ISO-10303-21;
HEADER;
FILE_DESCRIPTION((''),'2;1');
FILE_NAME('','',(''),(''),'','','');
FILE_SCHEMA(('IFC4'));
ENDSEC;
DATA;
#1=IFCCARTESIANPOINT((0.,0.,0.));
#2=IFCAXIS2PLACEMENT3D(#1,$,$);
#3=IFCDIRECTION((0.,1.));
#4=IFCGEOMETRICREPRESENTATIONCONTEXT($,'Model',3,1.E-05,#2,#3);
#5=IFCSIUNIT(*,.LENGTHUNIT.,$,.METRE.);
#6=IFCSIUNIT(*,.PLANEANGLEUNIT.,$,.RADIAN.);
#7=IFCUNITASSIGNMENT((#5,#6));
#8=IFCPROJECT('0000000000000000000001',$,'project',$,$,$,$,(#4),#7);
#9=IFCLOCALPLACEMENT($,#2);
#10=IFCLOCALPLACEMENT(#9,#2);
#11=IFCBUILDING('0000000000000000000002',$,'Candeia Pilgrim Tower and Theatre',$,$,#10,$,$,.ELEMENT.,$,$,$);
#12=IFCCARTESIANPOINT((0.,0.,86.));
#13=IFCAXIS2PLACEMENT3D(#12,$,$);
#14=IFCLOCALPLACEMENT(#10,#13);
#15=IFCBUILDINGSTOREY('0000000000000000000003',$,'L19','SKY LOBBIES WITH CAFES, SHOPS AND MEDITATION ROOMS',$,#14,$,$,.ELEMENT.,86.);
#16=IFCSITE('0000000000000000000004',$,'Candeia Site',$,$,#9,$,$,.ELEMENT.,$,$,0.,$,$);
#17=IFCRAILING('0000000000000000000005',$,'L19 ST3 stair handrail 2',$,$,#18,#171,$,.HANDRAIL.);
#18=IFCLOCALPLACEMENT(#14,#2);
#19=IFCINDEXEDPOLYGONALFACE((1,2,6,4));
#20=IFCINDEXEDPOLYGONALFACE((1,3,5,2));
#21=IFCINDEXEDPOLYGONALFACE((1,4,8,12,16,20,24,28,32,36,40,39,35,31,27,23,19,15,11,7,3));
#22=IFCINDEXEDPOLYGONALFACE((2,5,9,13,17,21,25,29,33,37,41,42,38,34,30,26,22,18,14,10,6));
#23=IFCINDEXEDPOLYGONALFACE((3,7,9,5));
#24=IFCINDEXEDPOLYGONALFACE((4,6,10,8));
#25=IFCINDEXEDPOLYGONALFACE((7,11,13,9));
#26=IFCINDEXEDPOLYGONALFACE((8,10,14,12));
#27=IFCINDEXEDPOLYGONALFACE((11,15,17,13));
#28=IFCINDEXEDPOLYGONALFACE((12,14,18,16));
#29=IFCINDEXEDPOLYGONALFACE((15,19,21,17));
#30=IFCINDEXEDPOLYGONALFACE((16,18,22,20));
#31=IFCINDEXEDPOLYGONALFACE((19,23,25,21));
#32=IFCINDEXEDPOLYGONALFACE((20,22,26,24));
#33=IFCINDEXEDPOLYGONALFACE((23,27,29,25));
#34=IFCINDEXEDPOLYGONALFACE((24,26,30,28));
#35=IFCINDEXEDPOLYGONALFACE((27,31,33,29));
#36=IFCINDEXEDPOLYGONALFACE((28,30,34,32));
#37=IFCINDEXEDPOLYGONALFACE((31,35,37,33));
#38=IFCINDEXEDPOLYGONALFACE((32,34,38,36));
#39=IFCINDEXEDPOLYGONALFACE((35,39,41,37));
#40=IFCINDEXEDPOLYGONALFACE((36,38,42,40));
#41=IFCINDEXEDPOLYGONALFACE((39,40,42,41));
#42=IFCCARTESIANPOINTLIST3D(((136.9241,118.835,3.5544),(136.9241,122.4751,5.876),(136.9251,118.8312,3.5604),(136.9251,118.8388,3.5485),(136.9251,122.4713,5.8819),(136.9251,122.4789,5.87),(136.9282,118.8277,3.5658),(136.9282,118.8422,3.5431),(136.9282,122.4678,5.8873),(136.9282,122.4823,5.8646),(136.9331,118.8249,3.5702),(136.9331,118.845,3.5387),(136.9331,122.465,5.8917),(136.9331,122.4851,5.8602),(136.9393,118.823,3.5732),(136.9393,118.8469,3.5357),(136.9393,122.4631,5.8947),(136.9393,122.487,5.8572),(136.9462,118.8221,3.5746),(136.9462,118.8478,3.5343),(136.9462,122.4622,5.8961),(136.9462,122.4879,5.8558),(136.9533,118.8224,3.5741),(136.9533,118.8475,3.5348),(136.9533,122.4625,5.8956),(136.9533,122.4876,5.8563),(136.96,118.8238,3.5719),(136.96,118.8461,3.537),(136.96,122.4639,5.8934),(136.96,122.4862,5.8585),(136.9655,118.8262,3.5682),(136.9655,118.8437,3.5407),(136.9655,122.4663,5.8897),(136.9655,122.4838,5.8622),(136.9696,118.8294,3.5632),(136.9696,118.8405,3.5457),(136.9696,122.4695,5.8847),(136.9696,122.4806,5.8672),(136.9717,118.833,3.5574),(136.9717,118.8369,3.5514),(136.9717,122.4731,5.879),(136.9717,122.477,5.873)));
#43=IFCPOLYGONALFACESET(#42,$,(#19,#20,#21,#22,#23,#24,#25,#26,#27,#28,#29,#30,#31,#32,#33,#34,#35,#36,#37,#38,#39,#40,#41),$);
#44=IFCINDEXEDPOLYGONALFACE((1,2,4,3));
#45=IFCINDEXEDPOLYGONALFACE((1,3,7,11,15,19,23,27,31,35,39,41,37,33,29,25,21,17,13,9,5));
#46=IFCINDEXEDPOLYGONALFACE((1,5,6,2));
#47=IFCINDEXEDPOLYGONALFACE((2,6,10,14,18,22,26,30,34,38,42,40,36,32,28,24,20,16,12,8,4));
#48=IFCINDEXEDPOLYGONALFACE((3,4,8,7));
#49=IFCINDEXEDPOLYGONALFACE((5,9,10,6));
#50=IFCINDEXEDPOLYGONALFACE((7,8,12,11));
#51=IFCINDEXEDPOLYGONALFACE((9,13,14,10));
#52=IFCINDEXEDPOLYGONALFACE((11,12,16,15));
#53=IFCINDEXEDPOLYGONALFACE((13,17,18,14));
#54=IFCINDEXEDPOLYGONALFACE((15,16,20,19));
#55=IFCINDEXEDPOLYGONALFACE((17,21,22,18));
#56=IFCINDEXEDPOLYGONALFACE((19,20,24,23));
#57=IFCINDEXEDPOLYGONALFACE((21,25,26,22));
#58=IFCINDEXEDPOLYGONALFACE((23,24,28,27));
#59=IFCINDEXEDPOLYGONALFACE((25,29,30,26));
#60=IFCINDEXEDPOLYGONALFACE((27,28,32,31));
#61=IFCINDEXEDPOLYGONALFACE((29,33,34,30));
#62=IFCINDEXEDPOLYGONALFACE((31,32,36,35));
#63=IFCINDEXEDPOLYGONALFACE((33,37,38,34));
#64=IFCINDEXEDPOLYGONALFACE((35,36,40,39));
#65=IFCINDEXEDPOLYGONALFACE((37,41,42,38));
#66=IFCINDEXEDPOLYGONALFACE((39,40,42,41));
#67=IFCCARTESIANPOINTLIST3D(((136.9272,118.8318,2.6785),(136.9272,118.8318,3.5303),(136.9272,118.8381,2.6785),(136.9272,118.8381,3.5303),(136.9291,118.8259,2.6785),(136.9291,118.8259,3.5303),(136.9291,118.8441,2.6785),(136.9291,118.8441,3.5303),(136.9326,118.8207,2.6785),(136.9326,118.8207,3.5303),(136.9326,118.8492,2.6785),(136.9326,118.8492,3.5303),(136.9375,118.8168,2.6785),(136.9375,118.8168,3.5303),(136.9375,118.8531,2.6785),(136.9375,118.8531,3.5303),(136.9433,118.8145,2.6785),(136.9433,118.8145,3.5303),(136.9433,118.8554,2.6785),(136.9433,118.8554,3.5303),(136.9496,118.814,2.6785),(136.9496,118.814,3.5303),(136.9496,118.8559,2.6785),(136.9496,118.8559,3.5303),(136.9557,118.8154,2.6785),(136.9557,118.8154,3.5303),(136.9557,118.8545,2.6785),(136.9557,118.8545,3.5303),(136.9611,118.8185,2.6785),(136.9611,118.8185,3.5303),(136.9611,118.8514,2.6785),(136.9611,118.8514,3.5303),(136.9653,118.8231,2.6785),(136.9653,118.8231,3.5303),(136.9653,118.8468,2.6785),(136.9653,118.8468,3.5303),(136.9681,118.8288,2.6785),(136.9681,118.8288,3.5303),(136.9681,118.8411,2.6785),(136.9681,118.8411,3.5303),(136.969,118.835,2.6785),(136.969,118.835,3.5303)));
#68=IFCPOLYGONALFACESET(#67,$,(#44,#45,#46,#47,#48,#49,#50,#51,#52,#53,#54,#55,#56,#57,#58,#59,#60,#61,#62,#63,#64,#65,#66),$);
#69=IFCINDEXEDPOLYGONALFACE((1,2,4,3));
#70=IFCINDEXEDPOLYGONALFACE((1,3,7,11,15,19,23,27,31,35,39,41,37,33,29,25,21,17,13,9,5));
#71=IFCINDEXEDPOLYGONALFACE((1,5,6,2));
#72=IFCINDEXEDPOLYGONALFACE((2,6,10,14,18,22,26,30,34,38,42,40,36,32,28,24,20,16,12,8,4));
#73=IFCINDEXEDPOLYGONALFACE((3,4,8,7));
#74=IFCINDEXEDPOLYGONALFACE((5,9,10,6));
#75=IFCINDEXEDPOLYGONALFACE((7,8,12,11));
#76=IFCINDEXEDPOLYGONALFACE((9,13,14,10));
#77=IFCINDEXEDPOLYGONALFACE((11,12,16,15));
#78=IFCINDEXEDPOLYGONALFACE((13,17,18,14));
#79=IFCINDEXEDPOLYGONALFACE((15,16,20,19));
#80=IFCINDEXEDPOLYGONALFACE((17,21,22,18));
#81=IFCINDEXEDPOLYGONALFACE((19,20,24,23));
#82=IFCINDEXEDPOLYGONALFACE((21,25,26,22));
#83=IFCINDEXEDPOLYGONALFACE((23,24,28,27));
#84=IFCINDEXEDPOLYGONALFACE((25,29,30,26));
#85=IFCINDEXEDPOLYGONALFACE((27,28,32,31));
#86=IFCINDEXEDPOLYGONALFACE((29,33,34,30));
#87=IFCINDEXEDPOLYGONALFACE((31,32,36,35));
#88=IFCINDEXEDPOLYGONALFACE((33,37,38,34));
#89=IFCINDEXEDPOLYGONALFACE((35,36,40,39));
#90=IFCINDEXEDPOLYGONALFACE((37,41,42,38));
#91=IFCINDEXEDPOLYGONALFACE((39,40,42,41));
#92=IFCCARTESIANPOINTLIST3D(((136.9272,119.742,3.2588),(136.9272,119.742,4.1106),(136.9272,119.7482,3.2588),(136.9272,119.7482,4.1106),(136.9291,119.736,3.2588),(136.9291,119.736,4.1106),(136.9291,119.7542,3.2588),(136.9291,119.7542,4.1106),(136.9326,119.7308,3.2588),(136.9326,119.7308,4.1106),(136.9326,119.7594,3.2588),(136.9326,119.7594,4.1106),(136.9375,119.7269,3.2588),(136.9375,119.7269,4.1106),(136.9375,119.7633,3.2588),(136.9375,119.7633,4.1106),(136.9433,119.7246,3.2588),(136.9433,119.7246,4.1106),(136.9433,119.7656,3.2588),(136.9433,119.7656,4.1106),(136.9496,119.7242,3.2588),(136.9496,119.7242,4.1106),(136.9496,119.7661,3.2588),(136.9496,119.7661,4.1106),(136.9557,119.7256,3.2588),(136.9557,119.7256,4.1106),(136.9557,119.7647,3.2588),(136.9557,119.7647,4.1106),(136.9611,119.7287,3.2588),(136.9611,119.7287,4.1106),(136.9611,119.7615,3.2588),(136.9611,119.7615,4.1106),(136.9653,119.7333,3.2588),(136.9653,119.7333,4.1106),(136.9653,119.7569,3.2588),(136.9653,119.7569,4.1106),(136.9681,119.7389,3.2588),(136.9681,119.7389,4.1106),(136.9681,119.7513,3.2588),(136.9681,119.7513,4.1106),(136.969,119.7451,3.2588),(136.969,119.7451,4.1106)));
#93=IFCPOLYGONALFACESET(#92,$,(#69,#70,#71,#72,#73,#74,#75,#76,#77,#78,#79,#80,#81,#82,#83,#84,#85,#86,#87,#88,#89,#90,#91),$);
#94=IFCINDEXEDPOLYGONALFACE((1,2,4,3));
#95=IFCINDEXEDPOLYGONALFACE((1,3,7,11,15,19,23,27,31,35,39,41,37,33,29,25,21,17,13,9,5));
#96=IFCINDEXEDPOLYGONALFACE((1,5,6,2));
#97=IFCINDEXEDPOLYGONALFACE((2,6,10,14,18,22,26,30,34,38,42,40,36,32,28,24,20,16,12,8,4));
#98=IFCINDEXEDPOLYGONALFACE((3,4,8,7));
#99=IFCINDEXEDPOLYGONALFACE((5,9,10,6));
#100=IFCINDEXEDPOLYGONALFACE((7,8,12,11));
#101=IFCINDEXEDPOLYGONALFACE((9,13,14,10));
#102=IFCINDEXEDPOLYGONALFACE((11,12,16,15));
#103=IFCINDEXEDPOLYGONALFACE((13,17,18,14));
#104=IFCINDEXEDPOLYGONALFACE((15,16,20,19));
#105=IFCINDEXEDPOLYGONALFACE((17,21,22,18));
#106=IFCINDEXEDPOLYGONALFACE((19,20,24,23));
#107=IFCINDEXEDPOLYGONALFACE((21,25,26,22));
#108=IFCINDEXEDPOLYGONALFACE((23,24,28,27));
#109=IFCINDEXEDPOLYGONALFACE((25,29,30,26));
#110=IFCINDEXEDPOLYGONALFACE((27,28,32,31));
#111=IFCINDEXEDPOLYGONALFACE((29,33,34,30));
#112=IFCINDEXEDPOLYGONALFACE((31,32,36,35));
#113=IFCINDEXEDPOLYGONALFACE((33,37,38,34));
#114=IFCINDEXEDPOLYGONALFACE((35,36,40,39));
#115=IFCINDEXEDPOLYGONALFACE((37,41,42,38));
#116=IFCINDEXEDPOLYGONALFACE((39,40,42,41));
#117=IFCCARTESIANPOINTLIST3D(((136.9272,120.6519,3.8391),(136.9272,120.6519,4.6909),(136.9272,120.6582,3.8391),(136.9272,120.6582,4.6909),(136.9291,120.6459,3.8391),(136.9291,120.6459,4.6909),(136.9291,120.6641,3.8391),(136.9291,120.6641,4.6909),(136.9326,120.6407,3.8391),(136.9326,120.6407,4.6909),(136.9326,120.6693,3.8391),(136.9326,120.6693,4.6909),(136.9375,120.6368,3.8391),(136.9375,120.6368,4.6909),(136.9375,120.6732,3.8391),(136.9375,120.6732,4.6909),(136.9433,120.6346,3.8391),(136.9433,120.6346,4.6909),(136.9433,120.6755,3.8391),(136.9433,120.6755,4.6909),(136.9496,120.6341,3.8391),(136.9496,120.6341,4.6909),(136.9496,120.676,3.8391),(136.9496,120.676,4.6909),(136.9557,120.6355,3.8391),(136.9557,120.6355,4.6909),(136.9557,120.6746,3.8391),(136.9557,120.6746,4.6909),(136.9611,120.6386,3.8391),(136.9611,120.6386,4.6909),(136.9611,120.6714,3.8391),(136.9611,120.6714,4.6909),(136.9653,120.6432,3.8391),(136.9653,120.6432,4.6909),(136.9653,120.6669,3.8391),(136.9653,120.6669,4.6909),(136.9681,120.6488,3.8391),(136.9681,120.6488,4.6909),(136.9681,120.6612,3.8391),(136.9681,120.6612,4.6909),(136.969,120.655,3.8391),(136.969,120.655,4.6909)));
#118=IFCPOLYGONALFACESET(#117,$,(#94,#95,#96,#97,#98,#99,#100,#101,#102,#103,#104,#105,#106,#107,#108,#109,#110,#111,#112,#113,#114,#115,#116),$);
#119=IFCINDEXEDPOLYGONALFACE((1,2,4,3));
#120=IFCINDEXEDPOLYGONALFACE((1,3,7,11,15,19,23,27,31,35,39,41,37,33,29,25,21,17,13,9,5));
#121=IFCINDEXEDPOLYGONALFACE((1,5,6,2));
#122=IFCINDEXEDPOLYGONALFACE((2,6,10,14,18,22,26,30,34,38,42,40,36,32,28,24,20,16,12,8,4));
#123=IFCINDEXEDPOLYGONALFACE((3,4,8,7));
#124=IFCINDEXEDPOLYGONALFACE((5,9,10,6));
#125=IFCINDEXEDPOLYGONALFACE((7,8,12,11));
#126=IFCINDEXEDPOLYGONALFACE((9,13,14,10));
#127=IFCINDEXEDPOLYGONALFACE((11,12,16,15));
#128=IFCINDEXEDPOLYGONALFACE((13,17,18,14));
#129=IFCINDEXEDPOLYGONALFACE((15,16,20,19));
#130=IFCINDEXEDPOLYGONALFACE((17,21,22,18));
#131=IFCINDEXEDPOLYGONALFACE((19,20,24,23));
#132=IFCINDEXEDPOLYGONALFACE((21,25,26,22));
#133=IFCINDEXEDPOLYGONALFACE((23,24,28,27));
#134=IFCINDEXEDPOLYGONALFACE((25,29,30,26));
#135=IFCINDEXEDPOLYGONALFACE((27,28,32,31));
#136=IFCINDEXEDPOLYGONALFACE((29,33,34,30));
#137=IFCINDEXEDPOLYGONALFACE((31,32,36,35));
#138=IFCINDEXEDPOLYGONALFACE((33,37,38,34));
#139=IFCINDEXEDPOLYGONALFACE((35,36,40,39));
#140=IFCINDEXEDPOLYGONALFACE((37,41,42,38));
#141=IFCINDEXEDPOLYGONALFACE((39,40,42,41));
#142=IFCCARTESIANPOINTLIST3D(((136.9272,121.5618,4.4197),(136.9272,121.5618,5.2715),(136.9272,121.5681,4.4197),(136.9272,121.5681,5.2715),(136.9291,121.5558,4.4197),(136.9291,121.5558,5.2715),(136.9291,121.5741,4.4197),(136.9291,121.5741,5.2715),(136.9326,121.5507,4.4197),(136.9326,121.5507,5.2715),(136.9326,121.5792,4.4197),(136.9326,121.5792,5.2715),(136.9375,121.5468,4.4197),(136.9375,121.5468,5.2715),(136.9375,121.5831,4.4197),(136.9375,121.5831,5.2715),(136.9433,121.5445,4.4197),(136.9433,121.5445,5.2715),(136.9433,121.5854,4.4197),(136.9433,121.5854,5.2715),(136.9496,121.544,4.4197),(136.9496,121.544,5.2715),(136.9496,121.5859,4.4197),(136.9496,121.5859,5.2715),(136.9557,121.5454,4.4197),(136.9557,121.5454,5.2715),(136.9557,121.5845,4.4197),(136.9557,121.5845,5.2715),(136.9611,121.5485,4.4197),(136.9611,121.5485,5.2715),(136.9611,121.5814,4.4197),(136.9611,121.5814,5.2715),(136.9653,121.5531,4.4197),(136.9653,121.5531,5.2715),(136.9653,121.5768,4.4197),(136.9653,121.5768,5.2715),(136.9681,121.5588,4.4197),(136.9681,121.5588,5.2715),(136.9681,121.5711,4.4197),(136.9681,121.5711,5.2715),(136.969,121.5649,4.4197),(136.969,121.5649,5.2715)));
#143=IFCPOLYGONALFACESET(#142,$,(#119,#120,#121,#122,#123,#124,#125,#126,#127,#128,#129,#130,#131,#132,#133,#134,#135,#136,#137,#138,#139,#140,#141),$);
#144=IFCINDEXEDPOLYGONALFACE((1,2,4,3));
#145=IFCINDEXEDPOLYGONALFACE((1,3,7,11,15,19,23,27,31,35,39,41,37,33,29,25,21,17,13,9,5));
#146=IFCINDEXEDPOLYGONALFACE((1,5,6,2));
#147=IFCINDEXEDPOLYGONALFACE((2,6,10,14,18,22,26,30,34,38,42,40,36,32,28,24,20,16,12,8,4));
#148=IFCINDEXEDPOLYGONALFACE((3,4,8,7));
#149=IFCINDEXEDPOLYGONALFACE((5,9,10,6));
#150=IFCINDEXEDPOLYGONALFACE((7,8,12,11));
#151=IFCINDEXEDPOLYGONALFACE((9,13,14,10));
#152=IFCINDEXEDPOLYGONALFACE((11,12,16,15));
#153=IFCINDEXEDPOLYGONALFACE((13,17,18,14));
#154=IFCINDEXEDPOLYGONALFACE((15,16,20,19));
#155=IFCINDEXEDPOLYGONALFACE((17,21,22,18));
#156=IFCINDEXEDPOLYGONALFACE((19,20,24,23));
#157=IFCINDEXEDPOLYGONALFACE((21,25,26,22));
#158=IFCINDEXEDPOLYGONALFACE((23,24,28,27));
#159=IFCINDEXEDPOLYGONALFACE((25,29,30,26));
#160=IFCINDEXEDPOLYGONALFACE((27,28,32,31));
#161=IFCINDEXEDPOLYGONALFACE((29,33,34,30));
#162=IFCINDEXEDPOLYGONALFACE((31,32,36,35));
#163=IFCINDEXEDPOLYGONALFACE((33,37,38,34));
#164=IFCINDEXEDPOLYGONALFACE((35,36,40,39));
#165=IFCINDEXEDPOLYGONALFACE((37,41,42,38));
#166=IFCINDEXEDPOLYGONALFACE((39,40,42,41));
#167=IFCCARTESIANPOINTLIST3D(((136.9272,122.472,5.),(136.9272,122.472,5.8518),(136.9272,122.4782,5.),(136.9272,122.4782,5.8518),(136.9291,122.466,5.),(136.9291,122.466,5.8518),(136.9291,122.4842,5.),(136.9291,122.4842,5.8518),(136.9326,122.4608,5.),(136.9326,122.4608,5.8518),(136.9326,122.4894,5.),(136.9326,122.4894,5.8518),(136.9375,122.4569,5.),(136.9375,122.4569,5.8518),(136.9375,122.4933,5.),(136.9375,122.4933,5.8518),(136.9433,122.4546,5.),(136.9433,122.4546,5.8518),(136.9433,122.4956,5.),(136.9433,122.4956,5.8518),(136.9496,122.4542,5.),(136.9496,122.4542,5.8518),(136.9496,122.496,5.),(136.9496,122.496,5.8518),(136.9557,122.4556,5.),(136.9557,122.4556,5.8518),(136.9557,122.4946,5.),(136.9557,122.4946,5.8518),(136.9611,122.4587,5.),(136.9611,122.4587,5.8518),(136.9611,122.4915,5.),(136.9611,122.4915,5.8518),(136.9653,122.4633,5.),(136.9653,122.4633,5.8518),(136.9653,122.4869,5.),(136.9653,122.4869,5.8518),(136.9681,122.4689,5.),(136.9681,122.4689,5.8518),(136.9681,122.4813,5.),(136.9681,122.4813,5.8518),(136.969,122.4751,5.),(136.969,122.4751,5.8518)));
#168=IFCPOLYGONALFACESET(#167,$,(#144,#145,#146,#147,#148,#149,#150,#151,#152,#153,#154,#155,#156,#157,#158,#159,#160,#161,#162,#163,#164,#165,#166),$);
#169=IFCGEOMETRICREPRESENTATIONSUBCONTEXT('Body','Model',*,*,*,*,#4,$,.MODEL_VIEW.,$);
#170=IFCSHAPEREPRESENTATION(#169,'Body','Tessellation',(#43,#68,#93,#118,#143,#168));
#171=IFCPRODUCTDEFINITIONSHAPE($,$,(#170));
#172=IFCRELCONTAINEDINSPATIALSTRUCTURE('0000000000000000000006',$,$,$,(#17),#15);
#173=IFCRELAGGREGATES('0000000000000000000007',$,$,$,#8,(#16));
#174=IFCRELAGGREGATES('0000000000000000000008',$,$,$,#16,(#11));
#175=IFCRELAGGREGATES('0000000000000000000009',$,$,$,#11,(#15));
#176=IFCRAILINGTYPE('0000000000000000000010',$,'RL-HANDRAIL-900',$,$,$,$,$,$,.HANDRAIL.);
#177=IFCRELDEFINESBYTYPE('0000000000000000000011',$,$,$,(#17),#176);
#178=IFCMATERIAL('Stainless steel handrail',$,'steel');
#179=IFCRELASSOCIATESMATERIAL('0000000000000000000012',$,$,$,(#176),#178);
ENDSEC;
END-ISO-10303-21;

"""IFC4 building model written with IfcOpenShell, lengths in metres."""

from ifc_helpers import new_model, si_unit, direction, frame, origin, origin_2d, place, context, subcontext, project, spatial, circle, extrude, material, type_object, element, save


model = new_model("IFC4")

# Units and contexts
model_context = context("Model", 3, precision=1e-05, world=origin(), true_north=direction((0.0, 1.0)))
body_context = subcontext(model_context, "Body", "Model", "MODEL_VIEW")
ifc_project = project(units=[si_unit("LENGTHUNIT", "METRE"), si_unit("PLANEANGLEUNIT", "RADIAN")], contexts=[model_context])

# Site, building, storey
site_placement = place(None, origin())
site = spatial("IfcSite", under=ifc_project, at=site_placement, Name="Candeia Site", CompositionType="ELEMENT", RefElevation=0.0)
building_placement = place(site_placement, origin())
building = spatial("IfcBuilding", under=site, at=building_placement, Name="Candeia Pilgrim Tower and Theatre", CompositionType="ELEMENT")
storey_placement = place(building_placement, frame((0.0, 0.0, 86.0)))
storey = spatial("IfcBuildingStorey", under=building, at=storey_placement, Name="L19", Description="SKY LOBBIES WITH CAFES, SHOPS AND MEDITATION ROOMS", CompositionType="ELEMENT", Elevation=86.0)

# Railing
ifc_material_1 = material(Name="Stainless steel handrail", Category="steel")
railing_type_1 = type_object("IfcRailingType", Name="RL-HANDRAIL-900", PredefinedType="HANDRAIL", material=ifc_material_1)
railing_1_placement = place(storey_placement, frame((136.948, 118.835, 2.6785)))
element("IfcRailing", 1, at=railing_1_placement, inside=storey, type_object=railing_type_1, Name="L19 ST3 stair handrail 2", PredefinedType="HANDRAIL", context=body_context, shape_type="SweptSolid", body=[
    extrude(circle(Radius=0.0239, at=origin_2d()), frame((0.0, 0.0, 0.876), z_axis=(0.0, 0.843128, 0.537713), x_axis=(-1.0, 0.0, 0.0)), (0.0, 0.0, 1.0), 4.3174),
    extrude(circle(Radius=0.021, at=origin_2d()), origin(), (0.0, 0.0, 1.0), 0.8518),
    extrude(circle(Radius=0.021, at=origin_2d()), frame((0.0, 0.9102, 0.5803)), (0.0, 0.0, 1.0), 0.8518),
    extrude(circle(Radius=0.021, at=origin_2d()), frame((0.0, 1.8201, 1.1606)), (0.0, 0.0, 1.0), 0.8518),
    extrude(circle(Radius=0.021, at=origin_2d()), frame((0.0, 2.73, 1.7412)), (0.0, 0.0, 1.0), 0.8518),
    extrude(circle(Radius=0.021, at=origin_2d()), frame((0.0, 3.6401, 2.3215)), (0.0, 0.0, 1.0), 0.8518),
])

save(model, "model.ifc")
